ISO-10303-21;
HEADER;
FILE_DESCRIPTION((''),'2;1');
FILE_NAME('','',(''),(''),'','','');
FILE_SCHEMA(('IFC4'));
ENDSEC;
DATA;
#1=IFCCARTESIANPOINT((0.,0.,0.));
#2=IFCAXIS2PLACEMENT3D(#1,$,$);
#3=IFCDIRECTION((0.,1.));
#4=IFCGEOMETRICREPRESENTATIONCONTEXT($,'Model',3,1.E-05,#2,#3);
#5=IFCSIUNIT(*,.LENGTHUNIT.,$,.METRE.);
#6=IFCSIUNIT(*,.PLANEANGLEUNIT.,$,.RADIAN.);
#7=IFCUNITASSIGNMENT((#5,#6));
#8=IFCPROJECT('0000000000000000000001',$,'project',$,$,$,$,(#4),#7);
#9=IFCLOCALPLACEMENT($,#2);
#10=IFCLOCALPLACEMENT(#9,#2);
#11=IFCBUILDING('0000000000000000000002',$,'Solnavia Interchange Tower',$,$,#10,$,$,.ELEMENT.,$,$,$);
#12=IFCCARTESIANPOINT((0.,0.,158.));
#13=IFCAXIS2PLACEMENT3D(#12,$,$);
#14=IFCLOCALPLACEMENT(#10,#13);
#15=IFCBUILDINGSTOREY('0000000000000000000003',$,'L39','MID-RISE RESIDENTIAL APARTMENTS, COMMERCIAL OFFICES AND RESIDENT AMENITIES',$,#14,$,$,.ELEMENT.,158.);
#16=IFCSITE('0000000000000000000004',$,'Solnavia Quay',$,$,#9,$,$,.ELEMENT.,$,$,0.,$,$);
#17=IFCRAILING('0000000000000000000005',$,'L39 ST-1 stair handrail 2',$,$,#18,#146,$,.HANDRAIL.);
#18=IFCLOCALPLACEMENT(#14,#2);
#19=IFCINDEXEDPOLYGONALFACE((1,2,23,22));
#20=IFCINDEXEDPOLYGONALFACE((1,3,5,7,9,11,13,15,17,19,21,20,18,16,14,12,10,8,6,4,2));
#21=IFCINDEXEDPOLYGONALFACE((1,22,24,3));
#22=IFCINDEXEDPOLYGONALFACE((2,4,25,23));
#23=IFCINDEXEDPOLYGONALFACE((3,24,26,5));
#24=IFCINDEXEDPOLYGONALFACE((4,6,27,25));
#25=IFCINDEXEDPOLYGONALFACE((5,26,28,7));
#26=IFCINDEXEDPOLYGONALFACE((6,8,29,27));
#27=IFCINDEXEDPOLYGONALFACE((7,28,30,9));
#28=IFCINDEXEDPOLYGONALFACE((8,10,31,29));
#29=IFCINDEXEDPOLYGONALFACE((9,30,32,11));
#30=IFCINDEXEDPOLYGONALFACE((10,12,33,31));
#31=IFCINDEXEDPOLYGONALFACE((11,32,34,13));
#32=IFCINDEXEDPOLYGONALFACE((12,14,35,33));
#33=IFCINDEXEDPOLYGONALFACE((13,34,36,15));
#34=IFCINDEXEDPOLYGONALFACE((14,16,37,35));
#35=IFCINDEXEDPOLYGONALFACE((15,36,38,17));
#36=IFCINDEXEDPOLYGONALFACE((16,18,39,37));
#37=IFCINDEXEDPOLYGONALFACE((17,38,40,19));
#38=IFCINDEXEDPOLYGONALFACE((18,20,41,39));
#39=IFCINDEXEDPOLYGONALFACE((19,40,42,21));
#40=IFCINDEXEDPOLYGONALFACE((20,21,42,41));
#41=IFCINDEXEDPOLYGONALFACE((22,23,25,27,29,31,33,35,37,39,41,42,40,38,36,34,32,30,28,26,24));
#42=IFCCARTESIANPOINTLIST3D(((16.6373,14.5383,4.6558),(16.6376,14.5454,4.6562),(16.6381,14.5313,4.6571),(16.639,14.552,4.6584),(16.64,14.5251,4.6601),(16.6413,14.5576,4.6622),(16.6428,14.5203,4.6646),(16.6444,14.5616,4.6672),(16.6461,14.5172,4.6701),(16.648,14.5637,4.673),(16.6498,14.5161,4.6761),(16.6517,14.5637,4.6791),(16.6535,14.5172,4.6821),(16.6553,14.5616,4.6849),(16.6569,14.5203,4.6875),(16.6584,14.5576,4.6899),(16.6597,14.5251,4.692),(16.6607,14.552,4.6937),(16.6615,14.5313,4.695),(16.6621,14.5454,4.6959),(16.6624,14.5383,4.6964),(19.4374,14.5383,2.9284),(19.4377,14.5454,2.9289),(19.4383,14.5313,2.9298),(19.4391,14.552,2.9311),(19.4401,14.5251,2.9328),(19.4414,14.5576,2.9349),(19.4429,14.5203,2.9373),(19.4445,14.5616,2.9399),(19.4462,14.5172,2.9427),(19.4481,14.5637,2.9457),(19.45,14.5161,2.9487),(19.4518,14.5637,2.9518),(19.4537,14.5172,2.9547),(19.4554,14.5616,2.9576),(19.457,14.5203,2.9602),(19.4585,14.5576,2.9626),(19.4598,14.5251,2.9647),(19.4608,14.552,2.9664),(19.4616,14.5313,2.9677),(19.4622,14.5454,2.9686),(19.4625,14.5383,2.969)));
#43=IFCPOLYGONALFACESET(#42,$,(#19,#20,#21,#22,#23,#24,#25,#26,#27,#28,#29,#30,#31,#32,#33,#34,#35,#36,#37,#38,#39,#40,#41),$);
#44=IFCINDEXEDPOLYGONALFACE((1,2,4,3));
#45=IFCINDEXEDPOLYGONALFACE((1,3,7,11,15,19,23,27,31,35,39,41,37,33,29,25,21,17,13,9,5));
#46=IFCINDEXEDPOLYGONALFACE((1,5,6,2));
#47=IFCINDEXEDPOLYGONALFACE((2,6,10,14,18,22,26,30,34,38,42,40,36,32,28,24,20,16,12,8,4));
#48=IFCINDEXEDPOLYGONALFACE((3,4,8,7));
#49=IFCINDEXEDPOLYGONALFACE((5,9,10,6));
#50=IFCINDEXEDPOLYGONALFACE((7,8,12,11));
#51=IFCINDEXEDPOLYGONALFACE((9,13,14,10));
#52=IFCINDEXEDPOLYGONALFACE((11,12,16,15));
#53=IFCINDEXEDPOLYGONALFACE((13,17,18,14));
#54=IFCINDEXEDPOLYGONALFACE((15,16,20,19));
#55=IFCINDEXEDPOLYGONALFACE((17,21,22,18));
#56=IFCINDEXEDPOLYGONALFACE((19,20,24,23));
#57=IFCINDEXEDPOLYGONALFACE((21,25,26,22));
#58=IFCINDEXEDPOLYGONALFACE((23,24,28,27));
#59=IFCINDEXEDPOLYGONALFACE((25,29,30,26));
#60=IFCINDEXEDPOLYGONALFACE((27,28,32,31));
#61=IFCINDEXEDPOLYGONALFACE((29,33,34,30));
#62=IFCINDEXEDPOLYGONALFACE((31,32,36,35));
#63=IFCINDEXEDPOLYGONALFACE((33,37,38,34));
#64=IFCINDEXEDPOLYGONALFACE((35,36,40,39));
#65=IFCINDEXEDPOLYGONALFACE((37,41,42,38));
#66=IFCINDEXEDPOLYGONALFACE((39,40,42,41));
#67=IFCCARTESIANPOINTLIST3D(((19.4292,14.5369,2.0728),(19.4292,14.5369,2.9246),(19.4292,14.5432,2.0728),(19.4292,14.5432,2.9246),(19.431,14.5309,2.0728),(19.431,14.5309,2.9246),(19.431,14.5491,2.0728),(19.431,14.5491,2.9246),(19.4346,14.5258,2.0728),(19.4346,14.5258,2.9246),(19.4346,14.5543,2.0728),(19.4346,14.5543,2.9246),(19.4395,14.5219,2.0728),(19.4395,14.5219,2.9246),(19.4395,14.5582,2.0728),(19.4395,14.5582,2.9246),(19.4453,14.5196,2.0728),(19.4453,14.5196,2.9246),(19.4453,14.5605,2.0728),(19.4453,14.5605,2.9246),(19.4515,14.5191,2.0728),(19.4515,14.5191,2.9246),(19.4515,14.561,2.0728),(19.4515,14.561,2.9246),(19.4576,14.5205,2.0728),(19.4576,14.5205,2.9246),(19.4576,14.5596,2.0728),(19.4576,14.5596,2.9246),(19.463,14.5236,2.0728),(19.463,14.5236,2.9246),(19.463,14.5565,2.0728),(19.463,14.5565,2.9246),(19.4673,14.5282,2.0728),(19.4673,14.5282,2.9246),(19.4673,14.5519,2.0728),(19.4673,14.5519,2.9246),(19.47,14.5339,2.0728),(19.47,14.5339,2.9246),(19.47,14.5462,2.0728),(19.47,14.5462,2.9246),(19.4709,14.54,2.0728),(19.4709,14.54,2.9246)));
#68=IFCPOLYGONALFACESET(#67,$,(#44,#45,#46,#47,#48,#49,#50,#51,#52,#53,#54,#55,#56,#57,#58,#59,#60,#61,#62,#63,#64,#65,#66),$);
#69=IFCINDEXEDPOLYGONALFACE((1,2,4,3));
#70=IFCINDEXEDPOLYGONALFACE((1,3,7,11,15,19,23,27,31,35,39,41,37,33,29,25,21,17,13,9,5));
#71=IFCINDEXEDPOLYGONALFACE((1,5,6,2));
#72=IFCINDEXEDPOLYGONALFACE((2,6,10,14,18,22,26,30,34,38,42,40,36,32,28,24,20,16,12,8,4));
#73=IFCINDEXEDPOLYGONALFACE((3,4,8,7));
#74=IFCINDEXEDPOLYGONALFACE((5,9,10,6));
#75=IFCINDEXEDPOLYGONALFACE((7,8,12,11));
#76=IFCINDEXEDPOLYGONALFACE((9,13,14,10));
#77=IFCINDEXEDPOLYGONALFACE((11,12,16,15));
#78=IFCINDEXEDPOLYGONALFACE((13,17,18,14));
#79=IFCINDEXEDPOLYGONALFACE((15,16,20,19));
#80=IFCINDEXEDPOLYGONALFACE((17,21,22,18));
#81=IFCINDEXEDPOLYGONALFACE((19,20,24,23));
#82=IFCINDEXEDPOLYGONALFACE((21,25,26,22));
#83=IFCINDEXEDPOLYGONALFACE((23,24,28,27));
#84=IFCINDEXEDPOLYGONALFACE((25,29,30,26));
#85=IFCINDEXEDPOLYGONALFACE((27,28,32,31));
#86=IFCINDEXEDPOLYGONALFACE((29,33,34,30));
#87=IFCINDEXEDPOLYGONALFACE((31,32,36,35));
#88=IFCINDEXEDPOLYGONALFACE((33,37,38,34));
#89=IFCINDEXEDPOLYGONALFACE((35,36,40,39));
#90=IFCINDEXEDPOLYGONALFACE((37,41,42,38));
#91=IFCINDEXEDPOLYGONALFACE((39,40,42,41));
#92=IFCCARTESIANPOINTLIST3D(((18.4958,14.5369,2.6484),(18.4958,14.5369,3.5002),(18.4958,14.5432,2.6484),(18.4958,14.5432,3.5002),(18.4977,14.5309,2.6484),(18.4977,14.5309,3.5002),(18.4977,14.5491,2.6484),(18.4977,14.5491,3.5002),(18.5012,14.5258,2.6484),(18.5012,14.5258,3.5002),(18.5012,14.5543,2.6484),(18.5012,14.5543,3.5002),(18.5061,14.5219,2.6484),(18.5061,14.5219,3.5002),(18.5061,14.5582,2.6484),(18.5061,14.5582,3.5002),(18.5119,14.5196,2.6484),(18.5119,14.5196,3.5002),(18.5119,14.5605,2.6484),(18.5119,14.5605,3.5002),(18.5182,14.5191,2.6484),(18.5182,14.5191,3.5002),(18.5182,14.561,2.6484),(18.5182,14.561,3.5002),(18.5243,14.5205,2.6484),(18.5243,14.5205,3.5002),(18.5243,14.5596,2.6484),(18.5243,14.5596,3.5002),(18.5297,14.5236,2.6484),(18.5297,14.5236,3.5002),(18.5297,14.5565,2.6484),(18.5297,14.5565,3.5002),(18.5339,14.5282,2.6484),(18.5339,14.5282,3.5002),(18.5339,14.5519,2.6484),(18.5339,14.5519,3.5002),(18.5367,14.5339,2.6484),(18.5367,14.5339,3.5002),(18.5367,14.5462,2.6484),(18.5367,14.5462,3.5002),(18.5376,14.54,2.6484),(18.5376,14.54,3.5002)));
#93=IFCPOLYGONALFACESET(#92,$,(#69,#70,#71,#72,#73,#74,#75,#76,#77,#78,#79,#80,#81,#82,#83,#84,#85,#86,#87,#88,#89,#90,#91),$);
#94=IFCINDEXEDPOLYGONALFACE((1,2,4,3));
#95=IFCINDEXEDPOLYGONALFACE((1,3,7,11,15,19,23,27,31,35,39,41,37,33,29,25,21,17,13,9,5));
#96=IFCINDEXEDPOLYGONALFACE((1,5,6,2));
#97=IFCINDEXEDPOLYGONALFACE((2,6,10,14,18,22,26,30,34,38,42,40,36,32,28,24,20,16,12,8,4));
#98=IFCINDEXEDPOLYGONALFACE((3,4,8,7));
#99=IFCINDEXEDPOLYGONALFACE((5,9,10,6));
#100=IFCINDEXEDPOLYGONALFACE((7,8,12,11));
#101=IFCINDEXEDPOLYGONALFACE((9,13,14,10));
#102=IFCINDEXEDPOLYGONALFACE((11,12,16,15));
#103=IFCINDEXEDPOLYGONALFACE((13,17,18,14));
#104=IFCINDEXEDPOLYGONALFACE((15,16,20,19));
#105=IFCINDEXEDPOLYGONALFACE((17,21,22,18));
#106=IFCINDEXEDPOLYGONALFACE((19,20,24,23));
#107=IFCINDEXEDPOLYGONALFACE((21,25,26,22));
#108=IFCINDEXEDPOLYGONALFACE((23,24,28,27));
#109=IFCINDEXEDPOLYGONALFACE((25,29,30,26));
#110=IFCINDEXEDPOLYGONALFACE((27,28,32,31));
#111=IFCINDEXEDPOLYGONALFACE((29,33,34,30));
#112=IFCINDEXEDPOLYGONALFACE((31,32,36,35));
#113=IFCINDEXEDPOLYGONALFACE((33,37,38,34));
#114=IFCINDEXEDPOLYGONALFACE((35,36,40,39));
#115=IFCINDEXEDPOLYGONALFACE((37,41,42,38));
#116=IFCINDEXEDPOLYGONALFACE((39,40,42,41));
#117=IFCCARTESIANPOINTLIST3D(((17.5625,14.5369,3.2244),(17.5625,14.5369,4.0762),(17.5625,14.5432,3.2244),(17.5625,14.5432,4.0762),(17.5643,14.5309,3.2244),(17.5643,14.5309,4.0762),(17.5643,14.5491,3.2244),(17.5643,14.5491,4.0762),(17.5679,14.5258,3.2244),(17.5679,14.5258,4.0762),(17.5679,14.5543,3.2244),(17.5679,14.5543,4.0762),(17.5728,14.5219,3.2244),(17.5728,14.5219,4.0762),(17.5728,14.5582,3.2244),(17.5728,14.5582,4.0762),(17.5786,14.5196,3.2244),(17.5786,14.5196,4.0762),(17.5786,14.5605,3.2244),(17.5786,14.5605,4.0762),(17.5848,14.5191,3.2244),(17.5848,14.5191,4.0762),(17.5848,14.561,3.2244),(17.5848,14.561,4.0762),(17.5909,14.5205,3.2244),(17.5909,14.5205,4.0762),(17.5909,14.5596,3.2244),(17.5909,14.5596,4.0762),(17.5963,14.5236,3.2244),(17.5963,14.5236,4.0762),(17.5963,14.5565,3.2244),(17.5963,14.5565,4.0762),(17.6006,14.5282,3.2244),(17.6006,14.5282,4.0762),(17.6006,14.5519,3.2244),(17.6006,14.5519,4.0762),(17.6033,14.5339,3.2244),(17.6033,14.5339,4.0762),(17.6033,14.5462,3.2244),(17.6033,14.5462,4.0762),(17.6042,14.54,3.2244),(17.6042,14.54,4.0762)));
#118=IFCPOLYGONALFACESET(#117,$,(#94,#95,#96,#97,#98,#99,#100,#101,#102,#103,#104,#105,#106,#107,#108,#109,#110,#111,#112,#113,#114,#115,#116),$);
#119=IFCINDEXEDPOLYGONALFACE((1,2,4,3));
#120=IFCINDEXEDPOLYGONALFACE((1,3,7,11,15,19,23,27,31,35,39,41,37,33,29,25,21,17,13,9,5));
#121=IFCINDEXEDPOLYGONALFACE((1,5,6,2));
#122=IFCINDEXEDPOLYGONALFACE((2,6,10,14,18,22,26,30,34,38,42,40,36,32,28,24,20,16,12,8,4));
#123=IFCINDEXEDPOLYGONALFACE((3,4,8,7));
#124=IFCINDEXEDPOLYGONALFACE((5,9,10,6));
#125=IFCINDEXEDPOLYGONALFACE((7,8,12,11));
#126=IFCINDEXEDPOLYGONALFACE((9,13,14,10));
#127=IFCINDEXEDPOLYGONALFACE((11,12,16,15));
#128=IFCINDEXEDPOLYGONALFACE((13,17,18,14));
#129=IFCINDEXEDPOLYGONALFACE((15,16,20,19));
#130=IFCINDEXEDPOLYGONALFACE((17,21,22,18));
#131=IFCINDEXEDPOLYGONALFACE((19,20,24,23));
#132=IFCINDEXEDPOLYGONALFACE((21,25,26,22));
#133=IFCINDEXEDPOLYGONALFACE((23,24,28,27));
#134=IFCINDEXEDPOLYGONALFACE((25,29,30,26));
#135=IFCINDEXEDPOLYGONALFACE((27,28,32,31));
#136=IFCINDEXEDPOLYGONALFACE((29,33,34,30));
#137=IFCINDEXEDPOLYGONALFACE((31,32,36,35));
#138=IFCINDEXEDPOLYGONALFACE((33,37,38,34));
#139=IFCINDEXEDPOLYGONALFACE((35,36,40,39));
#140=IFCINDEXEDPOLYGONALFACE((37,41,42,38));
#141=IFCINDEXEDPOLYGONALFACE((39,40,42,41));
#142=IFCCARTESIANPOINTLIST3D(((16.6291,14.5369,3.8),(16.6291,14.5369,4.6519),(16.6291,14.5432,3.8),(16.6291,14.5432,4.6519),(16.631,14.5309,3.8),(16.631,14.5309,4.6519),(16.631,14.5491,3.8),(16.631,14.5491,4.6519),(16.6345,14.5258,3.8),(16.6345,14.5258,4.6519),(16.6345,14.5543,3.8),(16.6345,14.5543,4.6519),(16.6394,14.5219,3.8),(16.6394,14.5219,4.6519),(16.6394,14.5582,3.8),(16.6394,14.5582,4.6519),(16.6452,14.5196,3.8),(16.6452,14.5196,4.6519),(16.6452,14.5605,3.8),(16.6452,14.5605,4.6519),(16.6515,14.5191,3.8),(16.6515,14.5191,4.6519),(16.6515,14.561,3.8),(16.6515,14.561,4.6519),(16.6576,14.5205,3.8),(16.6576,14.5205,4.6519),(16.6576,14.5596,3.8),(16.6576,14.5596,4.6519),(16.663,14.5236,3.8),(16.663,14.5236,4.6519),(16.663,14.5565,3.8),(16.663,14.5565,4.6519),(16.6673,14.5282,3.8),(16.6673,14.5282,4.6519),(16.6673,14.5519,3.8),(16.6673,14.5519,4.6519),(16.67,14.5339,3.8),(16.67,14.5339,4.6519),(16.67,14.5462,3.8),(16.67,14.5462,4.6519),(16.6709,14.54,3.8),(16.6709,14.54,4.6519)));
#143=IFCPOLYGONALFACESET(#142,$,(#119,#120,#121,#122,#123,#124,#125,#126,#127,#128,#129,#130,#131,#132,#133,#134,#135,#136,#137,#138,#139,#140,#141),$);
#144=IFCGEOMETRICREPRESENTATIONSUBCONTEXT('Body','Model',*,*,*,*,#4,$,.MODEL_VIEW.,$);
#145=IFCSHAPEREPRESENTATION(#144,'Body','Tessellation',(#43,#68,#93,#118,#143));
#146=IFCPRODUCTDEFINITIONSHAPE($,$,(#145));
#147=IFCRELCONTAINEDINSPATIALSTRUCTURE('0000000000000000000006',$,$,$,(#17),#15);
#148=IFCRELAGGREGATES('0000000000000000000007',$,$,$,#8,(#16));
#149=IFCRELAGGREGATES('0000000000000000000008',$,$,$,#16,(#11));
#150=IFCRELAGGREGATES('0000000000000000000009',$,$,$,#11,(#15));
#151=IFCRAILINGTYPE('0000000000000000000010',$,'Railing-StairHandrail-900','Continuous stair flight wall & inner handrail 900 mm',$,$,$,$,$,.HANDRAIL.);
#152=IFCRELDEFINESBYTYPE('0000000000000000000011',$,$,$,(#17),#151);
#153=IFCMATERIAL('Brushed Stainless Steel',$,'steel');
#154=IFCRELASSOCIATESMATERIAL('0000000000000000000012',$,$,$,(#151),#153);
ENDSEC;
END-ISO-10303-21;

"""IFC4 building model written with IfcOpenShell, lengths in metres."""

from ifc_helpers import new_model, si_unit, direction, frame, origin, origin_2d, place, context, subcontext, project, spatial, circle, extrude, material, type_object, element, save


model = new_model("IFC4")

# Units and contexts
model_context = context("Model", 3, precision=1e-05, world=origin(), true_north=direction((0.0, 1.0)))
body_context = subcontext(model_context, "Body", "Model", "MODEL_VIEW")
ifc_project = project(units=[si_unit("LENGTHUNIT", "METRE"), si_unit("PLANEANGLEUNIT", "RADIAN")], contexts=[model_context])

# Site, building, storey
site_placement = place(None, origin())
site = spatial("IfcSite", under=ifc_project, at=site_placement, Name="Solnavia Quay", CompositionType="ELEMENT", RefElevation=0.0)
building_placement = place(site_placement, origin())
building = spatial("IfcBuilding", under=site, at=building_placement, Name="Solnavia Interchange Tower", CompositionType="ELEMENT")
storey_placement = place(building_placement, frame((0.0, 0.0, 158.0)))
storey = spatial("IfcBuildingStorey", under=building, at=storey_placement, Name="L39", Description="MID-RISE RESIDENTIAL APARTMENTS, COMMERCIAL OFFICES AND RESIDENT AMENITIES", CompositionType="ELEMENT", Elevation=158.0)

# Railing
ifc_material_1 = material(Name="Brushed Stainless Steel", Category="steel")
railing_type_1 = type_object("IfcRailingType", Name="Railing-StairHandrail-900", Description="Continuous stair flight wall & inner handrail 900 mm", PredefinedType="HANDRAIL", material=ifc_material_1)
railing_1_placement = place(storey_placement, frame((19.45, 14.54, 2.0728)))
element("IfcRailing", 1, at=railing_1_placement, inside=storey, type_object=railing_type_1, Name="L39 ST-1 stair handrail 2", PredefinedType="HANDRAIL", context=body_context, shape_type="SweptSolid", body=[
    extrude(circle(Radius=0.0239, at=origin_2d()), frame((0.0, 0.0, 0.876), z_axis=(-0.85109, 0.0, 0.52502), x_axis=(0.0, -1.0, 0.0)), (0.0, 0.0, 1.0), 3.29),
    extrude(circle(Radius=0.021, at=origin_2d()), origin(), (0.0, 0.0, 1.0), 0.8518),
    extrude(circle(Radius=0.021, at=origin_2d()), frame((-0.9333, 0.0, 0.5757)), (0.0, 0.0, 1.0), 0.8518),
    extrude(circle(Radius=0.021, at=origin_2d()), frame((-1.8667, 0.0, 1.1516)), (0.0, 0.0, 1.0), 0.8518),
    extrude(circle(Radius=0.021, at=origin_2d()), frame((-2.8, 0.0, 1.7273)), (0.0, 0.0, 1.0), 0.8518),
])

save(model, "model.ifc")
